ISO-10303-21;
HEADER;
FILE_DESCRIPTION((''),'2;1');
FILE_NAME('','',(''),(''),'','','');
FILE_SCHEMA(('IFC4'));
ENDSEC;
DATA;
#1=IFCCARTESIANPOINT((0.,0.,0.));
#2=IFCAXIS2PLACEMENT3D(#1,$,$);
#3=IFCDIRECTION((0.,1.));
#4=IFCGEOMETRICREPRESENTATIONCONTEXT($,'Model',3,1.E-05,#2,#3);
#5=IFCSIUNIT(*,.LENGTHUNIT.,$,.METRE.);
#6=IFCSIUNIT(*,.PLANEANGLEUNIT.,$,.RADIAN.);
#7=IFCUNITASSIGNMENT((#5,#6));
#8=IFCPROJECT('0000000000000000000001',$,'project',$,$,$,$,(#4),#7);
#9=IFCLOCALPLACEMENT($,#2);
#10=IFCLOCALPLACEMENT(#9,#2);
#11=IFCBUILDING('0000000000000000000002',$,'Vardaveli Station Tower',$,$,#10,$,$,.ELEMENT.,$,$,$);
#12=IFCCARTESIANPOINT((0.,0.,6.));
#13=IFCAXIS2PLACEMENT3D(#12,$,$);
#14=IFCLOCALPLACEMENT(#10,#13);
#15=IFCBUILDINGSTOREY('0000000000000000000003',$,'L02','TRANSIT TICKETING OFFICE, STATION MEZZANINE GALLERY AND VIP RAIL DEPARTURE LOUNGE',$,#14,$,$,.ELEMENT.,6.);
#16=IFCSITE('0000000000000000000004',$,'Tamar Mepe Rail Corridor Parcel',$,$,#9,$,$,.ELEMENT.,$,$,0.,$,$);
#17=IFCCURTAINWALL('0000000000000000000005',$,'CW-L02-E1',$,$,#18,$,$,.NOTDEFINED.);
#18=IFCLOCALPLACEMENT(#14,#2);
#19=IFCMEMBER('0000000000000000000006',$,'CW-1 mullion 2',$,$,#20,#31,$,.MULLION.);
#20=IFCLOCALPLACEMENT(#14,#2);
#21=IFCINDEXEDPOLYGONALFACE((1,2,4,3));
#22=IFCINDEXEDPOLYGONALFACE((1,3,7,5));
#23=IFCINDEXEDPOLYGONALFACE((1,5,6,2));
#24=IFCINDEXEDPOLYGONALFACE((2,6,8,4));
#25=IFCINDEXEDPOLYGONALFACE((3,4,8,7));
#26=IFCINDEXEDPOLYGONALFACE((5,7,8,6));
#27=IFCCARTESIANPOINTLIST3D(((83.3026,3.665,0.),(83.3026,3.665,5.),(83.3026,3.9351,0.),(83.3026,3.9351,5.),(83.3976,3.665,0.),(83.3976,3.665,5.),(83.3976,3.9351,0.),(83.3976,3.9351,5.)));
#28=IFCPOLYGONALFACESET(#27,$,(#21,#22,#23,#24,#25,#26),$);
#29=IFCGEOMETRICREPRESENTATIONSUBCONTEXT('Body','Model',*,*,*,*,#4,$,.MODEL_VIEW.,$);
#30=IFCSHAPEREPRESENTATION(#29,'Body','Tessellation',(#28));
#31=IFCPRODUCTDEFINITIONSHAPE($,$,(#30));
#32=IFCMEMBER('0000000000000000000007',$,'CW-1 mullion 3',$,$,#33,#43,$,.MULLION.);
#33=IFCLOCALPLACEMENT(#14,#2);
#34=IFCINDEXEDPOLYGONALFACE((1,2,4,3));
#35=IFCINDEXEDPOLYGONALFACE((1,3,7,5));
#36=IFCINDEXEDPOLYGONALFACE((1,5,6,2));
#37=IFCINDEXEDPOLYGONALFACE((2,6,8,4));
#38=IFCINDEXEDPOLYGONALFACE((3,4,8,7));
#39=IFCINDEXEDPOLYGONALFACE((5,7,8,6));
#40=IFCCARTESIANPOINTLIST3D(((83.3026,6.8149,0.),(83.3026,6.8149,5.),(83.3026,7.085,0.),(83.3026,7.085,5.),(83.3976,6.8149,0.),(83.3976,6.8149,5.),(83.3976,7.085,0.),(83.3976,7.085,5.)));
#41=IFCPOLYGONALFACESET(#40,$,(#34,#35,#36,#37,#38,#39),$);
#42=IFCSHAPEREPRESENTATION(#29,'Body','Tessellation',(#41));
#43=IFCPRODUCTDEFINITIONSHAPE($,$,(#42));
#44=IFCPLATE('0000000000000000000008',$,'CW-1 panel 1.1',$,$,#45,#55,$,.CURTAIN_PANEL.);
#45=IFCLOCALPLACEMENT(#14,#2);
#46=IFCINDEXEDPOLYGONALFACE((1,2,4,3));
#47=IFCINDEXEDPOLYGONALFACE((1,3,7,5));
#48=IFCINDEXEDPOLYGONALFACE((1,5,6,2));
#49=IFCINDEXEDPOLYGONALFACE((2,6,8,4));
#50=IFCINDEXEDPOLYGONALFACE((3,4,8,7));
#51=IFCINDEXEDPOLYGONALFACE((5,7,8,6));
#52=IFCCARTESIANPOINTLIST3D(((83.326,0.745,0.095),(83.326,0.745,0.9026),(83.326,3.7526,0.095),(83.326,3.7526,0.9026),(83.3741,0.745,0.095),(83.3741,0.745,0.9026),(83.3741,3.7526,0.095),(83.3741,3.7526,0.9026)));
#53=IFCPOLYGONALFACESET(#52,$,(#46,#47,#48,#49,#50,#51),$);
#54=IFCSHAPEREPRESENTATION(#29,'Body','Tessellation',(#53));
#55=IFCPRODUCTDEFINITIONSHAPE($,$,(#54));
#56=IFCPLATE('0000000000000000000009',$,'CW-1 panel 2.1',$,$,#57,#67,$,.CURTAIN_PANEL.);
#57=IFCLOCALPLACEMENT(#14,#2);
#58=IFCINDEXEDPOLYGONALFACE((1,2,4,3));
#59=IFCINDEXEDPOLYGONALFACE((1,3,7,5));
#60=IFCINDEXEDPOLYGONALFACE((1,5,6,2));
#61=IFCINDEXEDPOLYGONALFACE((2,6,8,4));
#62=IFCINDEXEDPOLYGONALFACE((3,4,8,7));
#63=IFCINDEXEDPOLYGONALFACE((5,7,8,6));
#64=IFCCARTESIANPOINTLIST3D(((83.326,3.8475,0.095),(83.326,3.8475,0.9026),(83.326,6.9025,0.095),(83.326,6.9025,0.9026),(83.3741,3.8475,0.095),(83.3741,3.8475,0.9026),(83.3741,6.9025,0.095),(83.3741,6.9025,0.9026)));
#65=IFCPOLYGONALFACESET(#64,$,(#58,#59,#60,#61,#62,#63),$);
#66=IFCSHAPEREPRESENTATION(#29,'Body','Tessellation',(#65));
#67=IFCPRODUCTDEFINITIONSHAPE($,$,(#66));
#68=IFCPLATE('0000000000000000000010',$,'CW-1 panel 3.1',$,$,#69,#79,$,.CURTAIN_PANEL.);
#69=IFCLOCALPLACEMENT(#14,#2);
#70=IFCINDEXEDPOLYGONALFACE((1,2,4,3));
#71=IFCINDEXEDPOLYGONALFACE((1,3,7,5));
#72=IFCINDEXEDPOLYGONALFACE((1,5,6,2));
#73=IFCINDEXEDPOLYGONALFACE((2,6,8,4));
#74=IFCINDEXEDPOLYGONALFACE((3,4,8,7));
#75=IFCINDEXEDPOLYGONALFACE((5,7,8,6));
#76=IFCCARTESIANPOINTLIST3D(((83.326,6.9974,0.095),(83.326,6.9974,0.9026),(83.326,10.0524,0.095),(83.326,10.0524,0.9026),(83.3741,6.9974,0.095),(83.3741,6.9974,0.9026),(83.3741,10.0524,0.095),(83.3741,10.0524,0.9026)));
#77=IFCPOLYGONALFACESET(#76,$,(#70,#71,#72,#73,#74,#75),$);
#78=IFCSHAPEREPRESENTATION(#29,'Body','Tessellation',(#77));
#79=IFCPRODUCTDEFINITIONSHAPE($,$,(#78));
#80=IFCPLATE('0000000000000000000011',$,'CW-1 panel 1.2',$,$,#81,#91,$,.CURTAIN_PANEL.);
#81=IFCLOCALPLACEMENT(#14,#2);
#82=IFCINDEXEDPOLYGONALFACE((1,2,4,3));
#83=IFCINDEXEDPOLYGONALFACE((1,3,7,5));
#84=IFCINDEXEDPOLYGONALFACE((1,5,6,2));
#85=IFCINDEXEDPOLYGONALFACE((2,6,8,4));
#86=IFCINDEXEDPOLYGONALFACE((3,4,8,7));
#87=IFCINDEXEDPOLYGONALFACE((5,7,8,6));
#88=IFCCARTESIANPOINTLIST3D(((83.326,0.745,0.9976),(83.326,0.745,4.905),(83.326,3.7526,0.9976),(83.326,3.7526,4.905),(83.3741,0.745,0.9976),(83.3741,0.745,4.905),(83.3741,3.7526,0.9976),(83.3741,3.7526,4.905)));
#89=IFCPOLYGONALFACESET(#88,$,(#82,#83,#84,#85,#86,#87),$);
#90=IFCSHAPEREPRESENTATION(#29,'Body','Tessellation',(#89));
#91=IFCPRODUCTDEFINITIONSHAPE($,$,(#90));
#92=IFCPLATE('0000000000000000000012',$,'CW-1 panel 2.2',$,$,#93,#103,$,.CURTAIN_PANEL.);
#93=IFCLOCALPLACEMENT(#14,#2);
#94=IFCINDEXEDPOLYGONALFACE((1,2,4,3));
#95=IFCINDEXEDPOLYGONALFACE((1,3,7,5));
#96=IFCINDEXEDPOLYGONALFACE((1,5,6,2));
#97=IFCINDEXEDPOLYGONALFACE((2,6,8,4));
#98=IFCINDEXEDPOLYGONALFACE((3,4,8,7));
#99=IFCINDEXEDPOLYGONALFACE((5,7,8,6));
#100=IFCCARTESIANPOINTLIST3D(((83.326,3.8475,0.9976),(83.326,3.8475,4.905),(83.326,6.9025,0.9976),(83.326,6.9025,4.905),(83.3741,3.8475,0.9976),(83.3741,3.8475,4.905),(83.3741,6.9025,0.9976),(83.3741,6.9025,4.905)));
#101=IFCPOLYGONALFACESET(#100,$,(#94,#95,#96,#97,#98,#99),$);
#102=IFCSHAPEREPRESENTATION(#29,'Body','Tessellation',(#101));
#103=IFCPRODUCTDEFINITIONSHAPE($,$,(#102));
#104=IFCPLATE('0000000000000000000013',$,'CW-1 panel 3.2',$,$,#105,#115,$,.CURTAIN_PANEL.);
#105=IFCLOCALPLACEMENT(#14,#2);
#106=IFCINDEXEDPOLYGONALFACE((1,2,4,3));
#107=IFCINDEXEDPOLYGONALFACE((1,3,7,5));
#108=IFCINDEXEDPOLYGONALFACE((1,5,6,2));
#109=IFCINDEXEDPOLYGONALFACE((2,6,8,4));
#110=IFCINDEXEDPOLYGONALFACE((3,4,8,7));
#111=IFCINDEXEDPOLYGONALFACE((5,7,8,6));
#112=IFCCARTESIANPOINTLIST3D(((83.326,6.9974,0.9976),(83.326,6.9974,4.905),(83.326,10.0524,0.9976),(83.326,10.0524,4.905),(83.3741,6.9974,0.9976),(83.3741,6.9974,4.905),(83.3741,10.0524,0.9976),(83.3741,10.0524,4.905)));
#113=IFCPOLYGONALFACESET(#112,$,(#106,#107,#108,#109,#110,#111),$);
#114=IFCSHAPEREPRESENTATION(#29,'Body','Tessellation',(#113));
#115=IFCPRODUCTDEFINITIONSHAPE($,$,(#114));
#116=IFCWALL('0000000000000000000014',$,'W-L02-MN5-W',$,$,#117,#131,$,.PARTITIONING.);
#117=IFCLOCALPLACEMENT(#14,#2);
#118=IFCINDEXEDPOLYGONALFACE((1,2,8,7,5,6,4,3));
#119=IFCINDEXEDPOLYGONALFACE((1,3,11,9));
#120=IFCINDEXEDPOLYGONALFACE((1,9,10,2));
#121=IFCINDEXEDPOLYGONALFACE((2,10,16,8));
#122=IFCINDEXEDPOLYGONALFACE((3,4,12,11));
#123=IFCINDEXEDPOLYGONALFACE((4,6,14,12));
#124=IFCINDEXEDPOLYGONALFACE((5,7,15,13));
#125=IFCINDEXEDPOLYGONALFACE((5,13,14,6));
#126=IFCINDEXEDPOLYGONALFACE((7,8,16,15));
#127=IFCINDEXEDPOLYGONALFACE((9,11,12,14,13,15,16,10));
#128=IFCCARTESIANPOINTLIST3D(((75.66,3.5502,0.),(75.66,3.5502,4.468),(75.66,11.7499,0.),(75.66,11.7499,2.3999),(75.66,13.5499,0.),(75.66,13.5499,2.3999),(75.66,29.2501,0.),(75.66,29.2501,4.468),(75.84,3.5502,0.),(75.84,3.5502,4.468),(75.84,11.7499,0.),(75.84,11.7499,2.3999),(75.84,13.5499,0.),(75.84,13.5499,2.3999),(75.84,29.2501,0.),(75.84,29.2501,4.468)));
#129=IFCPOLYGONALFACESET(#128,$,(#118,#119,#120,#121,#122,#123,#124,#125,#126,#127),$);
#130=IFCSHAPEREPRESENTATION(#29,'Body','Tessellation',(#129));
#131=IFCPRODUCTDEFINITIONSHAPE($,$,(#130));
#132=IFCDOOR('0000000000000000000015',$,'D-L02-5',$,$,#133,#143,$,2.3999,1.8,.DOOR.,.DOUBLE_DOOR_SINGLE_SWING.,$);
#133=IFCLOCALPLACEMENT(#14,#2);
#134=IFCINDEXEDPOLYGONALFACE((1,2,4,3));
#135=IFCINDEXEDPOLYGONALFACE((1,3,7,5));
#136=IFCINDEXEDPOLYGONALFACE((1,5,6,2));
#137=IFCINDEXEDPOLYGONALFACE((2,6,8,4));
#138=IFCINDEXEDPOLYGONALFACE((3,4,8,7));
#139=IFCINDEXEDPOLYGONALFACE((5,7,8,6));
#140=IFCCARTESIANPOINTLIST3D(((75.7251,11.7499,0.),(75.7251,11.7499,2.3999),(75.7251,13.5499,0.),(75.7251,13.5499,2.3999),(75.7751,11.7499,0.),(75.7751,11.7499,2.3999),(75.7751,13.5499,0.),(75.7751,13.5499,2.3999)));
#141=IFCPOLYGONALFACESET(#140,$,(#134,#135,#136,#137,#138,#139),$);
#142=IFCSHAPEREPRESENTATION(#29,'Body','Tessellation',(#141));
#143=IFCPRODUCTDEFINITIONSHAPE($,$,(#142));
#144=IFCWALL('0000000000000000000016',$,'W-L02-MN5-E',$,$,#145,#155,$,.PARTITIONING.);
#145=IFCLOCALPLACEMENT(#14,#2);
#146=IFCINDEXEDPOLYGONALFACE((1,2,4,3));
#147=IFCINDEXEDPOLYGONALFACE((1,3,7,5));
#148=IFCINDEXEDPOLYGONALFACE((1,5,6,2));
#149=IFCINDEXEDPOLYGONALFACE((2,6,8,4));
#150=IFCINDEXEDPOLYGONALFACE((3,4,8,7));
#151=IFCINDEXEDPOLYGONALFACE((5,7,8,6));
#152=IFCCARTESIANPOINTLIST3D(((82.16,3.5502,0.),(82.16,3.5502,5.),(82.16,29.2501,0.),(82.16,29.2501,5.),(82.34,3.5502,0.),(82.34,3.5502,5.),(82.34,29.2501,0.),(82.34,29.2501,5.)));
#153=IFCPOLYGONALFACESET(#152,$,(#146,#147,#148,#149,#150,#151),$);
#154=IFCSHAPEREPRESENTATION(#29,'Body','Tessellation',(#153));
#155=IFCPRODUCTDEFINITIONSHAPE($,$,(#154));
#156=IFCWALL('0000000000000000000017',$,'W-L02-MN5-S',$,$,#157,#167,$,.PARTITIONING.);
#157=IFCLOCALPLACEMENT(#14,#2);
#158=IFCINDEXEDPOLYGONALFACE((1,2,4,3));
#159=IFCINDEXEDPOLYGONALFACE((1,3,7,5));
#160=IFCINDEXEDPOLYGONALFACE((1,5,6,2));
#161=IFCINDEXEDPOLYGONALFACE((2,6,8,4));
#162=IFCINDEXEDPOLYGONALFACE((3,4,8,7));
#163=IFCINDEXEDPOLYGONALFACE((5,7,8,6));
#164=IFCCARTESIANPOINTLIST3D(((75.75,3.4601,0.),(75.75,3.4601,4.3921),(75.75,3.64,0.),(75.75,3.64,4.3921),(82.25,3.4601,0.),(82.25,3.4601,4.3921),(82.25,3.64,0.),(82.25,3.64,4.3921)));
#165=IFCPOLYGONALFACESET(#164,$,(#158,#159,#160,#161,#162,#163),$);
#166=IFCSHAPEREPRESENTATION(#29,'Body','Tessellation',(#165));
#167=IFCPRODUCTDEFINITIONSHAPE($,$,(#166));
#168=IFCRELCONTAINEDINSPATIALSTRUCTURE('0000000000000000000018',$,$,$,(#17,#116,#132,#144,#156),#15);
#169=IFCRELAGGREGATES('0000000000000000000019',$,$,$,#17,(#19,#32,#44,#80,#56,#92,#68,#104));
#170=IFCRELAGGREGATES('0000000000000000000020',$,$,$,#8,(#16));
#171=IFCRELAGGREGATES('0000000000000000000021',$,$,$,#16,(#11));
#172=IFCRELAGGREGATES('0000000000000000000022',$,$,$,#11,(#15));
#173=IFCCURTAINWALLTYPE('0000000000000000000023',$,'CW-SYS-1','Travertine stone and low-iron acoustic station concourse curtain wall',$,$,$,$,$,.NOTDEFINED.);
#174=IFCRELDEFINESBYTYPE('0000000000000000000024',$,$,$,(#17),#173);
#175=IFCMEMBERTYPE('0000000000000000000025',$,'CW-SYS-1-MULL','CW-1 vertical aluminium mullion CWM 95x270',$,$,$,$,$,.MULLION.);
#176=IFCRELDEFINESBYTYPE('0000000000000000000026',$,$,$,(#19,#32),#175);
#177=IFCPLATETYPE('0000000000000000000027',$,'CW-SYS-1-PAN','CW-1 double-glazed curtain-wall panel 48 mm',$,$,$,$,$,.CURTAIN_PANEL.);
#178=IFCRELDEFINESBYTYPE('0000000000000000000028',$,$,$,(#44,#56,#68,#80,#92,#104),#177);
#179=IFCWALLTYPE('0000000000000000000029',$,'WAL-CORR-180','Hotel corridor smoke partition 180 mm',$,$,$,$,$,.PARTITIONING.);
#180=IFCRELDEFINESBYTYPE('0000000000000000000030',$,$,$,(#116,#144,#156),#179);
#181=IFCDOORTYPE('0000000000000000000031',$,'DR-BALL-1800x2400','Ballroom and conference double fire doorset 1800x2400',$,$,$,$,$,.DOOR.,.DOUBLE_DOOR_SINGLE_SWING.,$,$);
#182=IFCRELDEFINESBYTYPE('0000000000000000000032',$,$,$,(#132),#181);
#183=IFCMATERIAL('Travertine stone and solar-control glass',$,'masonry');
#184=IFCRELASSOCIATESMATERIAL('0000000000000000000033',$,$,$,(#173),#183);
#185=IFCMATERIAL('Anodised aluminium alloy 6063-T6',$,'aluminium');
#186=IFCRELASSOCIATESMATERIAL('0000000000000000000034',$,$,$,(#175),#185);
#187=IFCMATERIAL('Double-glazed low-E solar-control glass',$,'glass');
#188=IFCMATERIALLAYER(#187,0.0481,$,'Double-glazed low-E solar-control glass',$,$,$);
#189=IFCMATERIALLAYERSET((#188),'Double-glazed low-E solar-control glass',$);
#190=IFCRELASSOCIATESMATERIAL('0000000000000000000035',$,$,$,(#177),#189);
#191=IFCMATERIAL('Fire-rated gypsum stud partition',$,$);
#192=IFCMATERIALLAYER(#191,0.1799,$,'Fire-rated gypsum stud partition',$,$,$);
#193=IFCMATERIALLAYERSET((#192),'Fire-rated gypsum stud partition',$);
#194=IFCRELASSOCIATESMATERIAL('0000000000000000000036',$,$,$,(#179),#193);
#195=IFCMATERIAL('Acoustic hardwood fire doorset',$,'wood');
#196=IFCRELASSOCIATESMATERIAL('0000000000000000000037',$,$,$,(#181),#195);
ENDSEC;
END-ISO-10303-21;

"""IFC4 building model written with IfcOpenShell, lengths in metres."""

from ifc_helpers import new_model, si_unit, direction, frame, frame_2d, origin, origin_2d, place, context, subcontext, project, spatial, rectangle, extrude, source, transform, mapped, material, layer, layer_set, material_profile, profile_set, type_object, element, fill, aggregate, save


model = new_model("IFC4")

# Units and contexts
model_context = context("Model", 3, precision=1e-05, world=origin(), true_north=direction((0.0, 1.0)))
body_context = subcontext(model_context, "Body", "Model", "MODEL_VIEW")
ifc_project = project(units=[si_unit("LENGTHUNIT", "METRE"), si_unit("PLANEANGLEUNIT", "RADIAN")], contexts=[model_context])

# Site, building, storey
site_placement = place(None, origin())
site = spatial("IfcSite", under=ifc_project, at=site_placement, Name="Tamar Mepe Rail Corridor Parcel", CompositionType="ELEMENT", RefElevation=0.0)
building_placement = place(site_placement, origin())
building = spatial("IfcBuilding", under=site, at=building_placement, Name="Vardaveli Station Tower", CompositionType="ELEMENT")
storey_placement = place(building_placement, frame((0.0, 0.0, 6.0)))
storey = spatial("IfcBuildingStorey", under=building, at=storey_placement, Name="L02", Description="TRANSIT TICKETING OFFICE, STATION MEZZANINE GALLERY AND VIP RAIL DEPARTURE LOUNGE", CompositionType="ELEMENT", Elevation=6.0)

# Curtain wall, members, plates
ifc_material_1 = material(Name="Travertine stone and solar-control glass", Category="masonry")
curtain_wall_type = type_object("IfcCurtainWallType", Name="CW-SYS-1", Description="Travertine stone and low-iron acoustic station concourse curtain wall", PredefinedType="NOTDEFINED", material=ifc_material_1)
curtain_wall_placement = place(storey_placement, origin())
curtain_wall = element("IfcCurtainWall", 1, at=curtain_wall_placement, inside=storey, type_object=curtain_wall_type, Name="CW-L02-E1", PredefinedType="NOTDEFINED")
ifc_material_2 = material(Name="Anodised aluminium alloy 6063-T6", Category="aluminium")
ifc_material_profile_1 = material_profile(ifc_material_2, rectangle(XDim=0.095, YDim=0.27, at=origin_2d()), Name="CWM 95x270")
ifc_profile_set_1 = profile_set([ifc_material_profile_1], Name="Anodised aluminium alloy 6063-T6")
member_type_1 = type_object("IfcMemberType", Name="CW-SYS-1-MULL", Description="CW-1 vertical aluminium mullion CWM 95x270", PredefinedType="MULLION", material=ifc_profile_set_1)
shared_shape_1 = source(origin(), body_context, "Body", "SweptSolid", [
    extrude(rectangle(XDim=0.095, YDim=0.27, at=origin_2d()), origin(), (0.0, 0.0, 1.0), 5.0),
])
member_1_placement = place(storey_placement, frame((83.3501, 3.8, 0.0), z_axis=(0.0, 0.0, 1.0), x_axis=(-1.0, 0.0, 0.0)))
member_1 = element("IfcMember", 2, at=member_1_placement, type_object=member_type_1, Name="CW-1 mullion 2", PredefinedType="MULLION", context=body_context, shape_type="MappedRepresentation", body=[
    mapped(shared_shape_1, transform((0.0, 0.0, 0.0), scale=1.0)),
])
member_2_placement = place(storey_placement, frame((83.3501, 6.95, 0.0), z_axis=(0.0, 0.0, 1.0), x_axis=(-1.0, 0.0, 0.0)))
member_2 = element("IfcMember", 3, at=member_2_placement, type_object=member_type_1, Name="CW-1 mullion 3", PredefinedType="MULLION", context=body_context, shape_type="MappedRepresentation", body=[
    mapped(shared_shape_1, transform((0.0, 0.0, 0.0), scale=1.0)),
])
ifc_material_3 = material(Name="Double-glazed low-E solar-control glass", Category="glass")
ifc_layer_1 = layer(ifc_material_3, 0.0481, Name="Double-glazed low-E solar-control glass")
ifc_layer_set_1 = layer_set([ifc_layer_1], Name="Double-glazed low-E solar-control glass")
plate_type = type_object("IfcPlateType", Name="CW-SYS-1-PAN", Description="CW-1 double-glazed curtain-wall panel 48 mm", PredefinedType="CURTAIN_PANEL", material=ifc_layer_set_1)
shared_shape_2 = source(origin(), body_context, "Body", "SweptSolid", [
    extrude(rectangle(XDim=3.0076, YDim=0.0481, at=origin_2d()), origin(), (0.0, 0.0, 1.0), 0.8076),
])
plate_1_placement = place(storey_placement, frame((83.3501, 2.2488, 0.095), z_axis=(0.0, 0.0, 1.0), x_axis=(0.0, 1.0, 0.0)))
plate_1 = element("IfcPlate", 4, at=plate_1_placement, type_object=plate_type, Name="CW-1 panel 1.1", PredefinedType="CURTAIN_PANEL", context=body_context, shape_type="MappedRepresentation", body=[
    mapped(shared_shape_2, transform((0.0, 0.0, 0.0), scale=1.0)),
])
shared_shape_3 = source(origin(), body_context, "Body", "SweptSolid", [
    extrude(rectangle(XDim=3.0549, YDim=0.0481, at=origin_2d()), origin(), (0.0, 0.0, 1.0), 0.8076),
])
plate_2_placement = place(storey_placement, frame((83.3501, 5.375, 0.095), z_axis=(0.0, 0.0, 1.0), x_axis=(0.0, 1.0, 0.0)))
plate_2 = element("IfcPlate", 5, at=plate_2_placement, type_object=plate_type, Name="CW-1 panel 2.1", PredefinedType="CURTAIN_PANEL", context=body_context, shape_type="MappedRepresentation", body=[
    mapped(shared_shape_3, transform((0.0, 0.0, 0.0), scale=1.0)),
])
plate_3_placement = place(storey_placement, frame((83.3501, 8.5249, 0.095), z_axis=(0.0, 0.0, 1.0), x_axis=(0.0, 1.0, 0.0)))
plate_3 = element("IfcPlate", 6, at=plate_3_placement, type_object=plate_type, Name="CW-1 panel 3.1", PredefinedType="CURTAIN_PANEL", context=body_context, shape_type="MappedRepresentation", body=[
    mapped(shared_shape_3, transform((0.0, 0.0, 0.0), scale=1.0)),
])
shared_shape_4 = source(origin(), body_context, "Body", "SweptSolid", [
    extrude(rectangle(XDim=3.0076, YDim=0.0481, at=origin_2d()), origin(), (0.0, 0.0, 1.0), 3.9075),
])
plate_4_placement = place(storey_placement, frame((83.3501, 2.2488, 0.9976), z_axis=(0.0, 0.0, 1.0), x_axis=(0.0, 1.0, 0.0)))
plate_4 = element("IfcPlate", 7, at=plate_4_placement, type_object=plate_type, Name="CW-1 panel 1.2", PredefinedType="CURTAIN_PANEL", context=body_context, shape_type="MappedRepresentation", body=[
    mapped(shared_shape_4, transform((0.0, 0.0, 0.0), scale=1.0)),
])
shared_shape_5 = source(origin(), body_context, "Body", "SweptSolid", [
    extrude(rectangle(XDim=3.0549, YDim=0.0481, at=origin_2d()), origin(), (0.0, 0.0, 1.0), 3.9075),
])
plate_5_placement = place(storey_placement, frame((83.3501, 5.375, 0.9976), z_axis=(0.0, 0.0, 1.0), x_axis=(0.0, 1.0, 0.0)))
plate_5 = element("IfcPlate", 8, at=plate_5_placement, type_object=plate_type, Name="CW-1 panel 2.2", PredefinedType="CURTAIN_PANEL", context=body_context, shape_type="MappedRepresentation", body=[
    mapped(shared_shape_5, transform((0.0, 0.0, 0.0), scale=1.0)),
])
plate_6_placement = place(storey_placement, frame((83.3501, 8.5249, 0.9976), z_axis=(0.0, 0.0, 1.0), x_axis=(0.0, 1.0, 0.0)))
plate_6 = element("IfcPlate", 9, at=plate_6_placement, type_object=plate_type, Name="CW-1 panel 3.2", PredefinedType="CURTAIN_PANEL", context=body_context, shape_type="MappedRepresentation", body=[
    mapped(shared_shape_5, transform((0.0, 0.0, 0.0), scale=1.0)),
])
aggregate(curtain_wall, [member_1, member_2, plate_1, plate_4, plate_2, plate_5, plate_3, plate_6])

# Wall, opening, door
ifc_material_4 = material(Name="Fire-rated gypsum stud partition")
ifc_layer_2 = layer(ifc_material_4, 0.1799, Name="Fire-rated gypsum stud partition")
ifc_layer_set_2 = layer_set([ifc_layer_2], Name="Fire-rated gypsum stud partition")
wall_type = type_object("IfcWallType", Name="WAL-CORR-180", Description="Hotel corridor smoke partition 180 mm", PredefinedType="PARTITIONING", material=ifc_layer_set_2)
shared_shape_6 = source(origin(), body_context, "Body", "SweptSolid", [
    extrude(rectangle(XDim=25.7, YDim=0.1799, at=frame_2d((12.8501, 0.0))), origin(), (0.0, 0.0, 1.0), 4.468),
])
wall_1_placement = place(storey_placement, frame((75.75, 3.55, 0.0), z_axis=(0.0, 0.0, 1.0), x_axis=(0.0, 1.0, 0.0)))
wall_1 = element("IfcWall", 10, at=wall_1_placement, inside=storey, type_object=wall_type, Name="W-L02-MN5-W", PredefinedType="PARTITIONING", context=body_context, shape_type="MappedRepresentation", body=[
    mapped(shared_shape_6, transform((0.0, 0.0, 0.0), scale=1.0)),
])
shared_shape_7 = source(origin(), body_context, "Body", "SweptSolid", [
    extrude(rectangle(XDim=1.8, YDim=2.3999, at=frame_2d((0.8999, 1.2))), frame((0.0, 0.1001, 0.0), z_axis=(0.0, -1.0, 0.0), x_axis=(1.0, 0.0, 0.0)), (0.0, 0.0, 1.0), 0.2),
])
opening_placement = place(wall_1_placement, frame((8.2, 0.0, 0.0)))
opening = element("IfcOpeningElement", 11, at=opening_placement, cuts=wall_1, PredefinedType="OPENING", context=body_context, shape_type="MappedRepresentation", body=[
    mapped(shared_shape_7, transform((0.0, 0.0, 0.0), scale=1.0)),
])
ifc_material_5 = material(Name="Acoustic hardwood fire doorset", Category="wood")
door_type = type_object("IfcDoorType", Name="DR-BALL-1800x2400", Description="Ballroom and conference double fire doorset 1800x2400", OperationType="DOUBLE_DOOR_SINGLE_SWING", PredefinedType="DOOR", material=ifc_material_5)
shared_shape_8 = source(origin(), body_context, "Body", "SweptSolid", [
    extrude(rectangle(XDim=1.8, YDim=2.3999, at=frame_2d((0.8999, 1.2))), frame((0.0, 0.0249, 0.0), z_axis=(0.0, -1.0, 0.0), x_axis=(1.0, 0.0, 0.0)), (0.0, 0.0, 1.0), 0.05),
])
door_placement = place(opening_placement, origin())
door = element("IfcDoor", 12, at=door_placement, inside=storey, type_object=door_type, Name="D-L02-5", OperationType="DOUBLE_DOOR_SINGLE_SWING", OverallHeight=2.3999, OverallWidth=1.8, PredefinedType="DOOR", context=body_context, shape_type="MappedRepresentation", body=[
    mapped(shared_shape_8, transform((0.0, 0.0, 0.0), scale=1.0)),
])
fill(opening, door)

# Walls
shared_shape_9 = source(origin(), body_context, "Body", "SweptSolid", [
    extrude(rectangle(XDim=25.7, YDim=0.1799, at=frame_2d((12.8501, 0.0))), origin(), (0.0, 0.0, 1.0), 5.0),
])
wall_2_placement = place(storey_placement, frame((82.25, 3.55, 0.0), z_axis=(0.0, 0.0, 1.0), x_axis=(0.0, 1.0, 0.0)))
element("IfcWall", 13, at=wall_2_placement, inside=storey, type_object=wall_type, Name="W-L02-MN5-E", PredefinedType="PARTITIONING", context=body_context, shape_type="MappedRepresentation", body=[
    mapped(shared_shape_9, transform((0.0, 0.0, 0.0), scale=1.0)),
])
shared_shape_10 = source(origin(), body_context, "Body", "SweptSolid", [
    extrude(rectangle(XDim=6.5, YDim=0.1799, at=frame_2d((3.25, 0.0))), origin(), (0.0, 0.0, 1.0), 4.3921),
])
wall_3_placement = place(storey_placement, frame((75.75, 3.55, 0.0), z_axis=(0.0, 0.0, 1.0), x_axis=(1.0, 0.0, 0.0)))
element("IfcWall", 14, at=wall_3_placement, inside=storey, type_object=wall_type, Name="W-L02-MN5-S", PredefinedType="PARTITIONING", context=body_context, shape_type="MappedRepresentation", body=[
    mapped(shared_shape_10, transform((0.0, 0.0, 0.0), scale=1.0)),
])

save(model, "model.ifc")
